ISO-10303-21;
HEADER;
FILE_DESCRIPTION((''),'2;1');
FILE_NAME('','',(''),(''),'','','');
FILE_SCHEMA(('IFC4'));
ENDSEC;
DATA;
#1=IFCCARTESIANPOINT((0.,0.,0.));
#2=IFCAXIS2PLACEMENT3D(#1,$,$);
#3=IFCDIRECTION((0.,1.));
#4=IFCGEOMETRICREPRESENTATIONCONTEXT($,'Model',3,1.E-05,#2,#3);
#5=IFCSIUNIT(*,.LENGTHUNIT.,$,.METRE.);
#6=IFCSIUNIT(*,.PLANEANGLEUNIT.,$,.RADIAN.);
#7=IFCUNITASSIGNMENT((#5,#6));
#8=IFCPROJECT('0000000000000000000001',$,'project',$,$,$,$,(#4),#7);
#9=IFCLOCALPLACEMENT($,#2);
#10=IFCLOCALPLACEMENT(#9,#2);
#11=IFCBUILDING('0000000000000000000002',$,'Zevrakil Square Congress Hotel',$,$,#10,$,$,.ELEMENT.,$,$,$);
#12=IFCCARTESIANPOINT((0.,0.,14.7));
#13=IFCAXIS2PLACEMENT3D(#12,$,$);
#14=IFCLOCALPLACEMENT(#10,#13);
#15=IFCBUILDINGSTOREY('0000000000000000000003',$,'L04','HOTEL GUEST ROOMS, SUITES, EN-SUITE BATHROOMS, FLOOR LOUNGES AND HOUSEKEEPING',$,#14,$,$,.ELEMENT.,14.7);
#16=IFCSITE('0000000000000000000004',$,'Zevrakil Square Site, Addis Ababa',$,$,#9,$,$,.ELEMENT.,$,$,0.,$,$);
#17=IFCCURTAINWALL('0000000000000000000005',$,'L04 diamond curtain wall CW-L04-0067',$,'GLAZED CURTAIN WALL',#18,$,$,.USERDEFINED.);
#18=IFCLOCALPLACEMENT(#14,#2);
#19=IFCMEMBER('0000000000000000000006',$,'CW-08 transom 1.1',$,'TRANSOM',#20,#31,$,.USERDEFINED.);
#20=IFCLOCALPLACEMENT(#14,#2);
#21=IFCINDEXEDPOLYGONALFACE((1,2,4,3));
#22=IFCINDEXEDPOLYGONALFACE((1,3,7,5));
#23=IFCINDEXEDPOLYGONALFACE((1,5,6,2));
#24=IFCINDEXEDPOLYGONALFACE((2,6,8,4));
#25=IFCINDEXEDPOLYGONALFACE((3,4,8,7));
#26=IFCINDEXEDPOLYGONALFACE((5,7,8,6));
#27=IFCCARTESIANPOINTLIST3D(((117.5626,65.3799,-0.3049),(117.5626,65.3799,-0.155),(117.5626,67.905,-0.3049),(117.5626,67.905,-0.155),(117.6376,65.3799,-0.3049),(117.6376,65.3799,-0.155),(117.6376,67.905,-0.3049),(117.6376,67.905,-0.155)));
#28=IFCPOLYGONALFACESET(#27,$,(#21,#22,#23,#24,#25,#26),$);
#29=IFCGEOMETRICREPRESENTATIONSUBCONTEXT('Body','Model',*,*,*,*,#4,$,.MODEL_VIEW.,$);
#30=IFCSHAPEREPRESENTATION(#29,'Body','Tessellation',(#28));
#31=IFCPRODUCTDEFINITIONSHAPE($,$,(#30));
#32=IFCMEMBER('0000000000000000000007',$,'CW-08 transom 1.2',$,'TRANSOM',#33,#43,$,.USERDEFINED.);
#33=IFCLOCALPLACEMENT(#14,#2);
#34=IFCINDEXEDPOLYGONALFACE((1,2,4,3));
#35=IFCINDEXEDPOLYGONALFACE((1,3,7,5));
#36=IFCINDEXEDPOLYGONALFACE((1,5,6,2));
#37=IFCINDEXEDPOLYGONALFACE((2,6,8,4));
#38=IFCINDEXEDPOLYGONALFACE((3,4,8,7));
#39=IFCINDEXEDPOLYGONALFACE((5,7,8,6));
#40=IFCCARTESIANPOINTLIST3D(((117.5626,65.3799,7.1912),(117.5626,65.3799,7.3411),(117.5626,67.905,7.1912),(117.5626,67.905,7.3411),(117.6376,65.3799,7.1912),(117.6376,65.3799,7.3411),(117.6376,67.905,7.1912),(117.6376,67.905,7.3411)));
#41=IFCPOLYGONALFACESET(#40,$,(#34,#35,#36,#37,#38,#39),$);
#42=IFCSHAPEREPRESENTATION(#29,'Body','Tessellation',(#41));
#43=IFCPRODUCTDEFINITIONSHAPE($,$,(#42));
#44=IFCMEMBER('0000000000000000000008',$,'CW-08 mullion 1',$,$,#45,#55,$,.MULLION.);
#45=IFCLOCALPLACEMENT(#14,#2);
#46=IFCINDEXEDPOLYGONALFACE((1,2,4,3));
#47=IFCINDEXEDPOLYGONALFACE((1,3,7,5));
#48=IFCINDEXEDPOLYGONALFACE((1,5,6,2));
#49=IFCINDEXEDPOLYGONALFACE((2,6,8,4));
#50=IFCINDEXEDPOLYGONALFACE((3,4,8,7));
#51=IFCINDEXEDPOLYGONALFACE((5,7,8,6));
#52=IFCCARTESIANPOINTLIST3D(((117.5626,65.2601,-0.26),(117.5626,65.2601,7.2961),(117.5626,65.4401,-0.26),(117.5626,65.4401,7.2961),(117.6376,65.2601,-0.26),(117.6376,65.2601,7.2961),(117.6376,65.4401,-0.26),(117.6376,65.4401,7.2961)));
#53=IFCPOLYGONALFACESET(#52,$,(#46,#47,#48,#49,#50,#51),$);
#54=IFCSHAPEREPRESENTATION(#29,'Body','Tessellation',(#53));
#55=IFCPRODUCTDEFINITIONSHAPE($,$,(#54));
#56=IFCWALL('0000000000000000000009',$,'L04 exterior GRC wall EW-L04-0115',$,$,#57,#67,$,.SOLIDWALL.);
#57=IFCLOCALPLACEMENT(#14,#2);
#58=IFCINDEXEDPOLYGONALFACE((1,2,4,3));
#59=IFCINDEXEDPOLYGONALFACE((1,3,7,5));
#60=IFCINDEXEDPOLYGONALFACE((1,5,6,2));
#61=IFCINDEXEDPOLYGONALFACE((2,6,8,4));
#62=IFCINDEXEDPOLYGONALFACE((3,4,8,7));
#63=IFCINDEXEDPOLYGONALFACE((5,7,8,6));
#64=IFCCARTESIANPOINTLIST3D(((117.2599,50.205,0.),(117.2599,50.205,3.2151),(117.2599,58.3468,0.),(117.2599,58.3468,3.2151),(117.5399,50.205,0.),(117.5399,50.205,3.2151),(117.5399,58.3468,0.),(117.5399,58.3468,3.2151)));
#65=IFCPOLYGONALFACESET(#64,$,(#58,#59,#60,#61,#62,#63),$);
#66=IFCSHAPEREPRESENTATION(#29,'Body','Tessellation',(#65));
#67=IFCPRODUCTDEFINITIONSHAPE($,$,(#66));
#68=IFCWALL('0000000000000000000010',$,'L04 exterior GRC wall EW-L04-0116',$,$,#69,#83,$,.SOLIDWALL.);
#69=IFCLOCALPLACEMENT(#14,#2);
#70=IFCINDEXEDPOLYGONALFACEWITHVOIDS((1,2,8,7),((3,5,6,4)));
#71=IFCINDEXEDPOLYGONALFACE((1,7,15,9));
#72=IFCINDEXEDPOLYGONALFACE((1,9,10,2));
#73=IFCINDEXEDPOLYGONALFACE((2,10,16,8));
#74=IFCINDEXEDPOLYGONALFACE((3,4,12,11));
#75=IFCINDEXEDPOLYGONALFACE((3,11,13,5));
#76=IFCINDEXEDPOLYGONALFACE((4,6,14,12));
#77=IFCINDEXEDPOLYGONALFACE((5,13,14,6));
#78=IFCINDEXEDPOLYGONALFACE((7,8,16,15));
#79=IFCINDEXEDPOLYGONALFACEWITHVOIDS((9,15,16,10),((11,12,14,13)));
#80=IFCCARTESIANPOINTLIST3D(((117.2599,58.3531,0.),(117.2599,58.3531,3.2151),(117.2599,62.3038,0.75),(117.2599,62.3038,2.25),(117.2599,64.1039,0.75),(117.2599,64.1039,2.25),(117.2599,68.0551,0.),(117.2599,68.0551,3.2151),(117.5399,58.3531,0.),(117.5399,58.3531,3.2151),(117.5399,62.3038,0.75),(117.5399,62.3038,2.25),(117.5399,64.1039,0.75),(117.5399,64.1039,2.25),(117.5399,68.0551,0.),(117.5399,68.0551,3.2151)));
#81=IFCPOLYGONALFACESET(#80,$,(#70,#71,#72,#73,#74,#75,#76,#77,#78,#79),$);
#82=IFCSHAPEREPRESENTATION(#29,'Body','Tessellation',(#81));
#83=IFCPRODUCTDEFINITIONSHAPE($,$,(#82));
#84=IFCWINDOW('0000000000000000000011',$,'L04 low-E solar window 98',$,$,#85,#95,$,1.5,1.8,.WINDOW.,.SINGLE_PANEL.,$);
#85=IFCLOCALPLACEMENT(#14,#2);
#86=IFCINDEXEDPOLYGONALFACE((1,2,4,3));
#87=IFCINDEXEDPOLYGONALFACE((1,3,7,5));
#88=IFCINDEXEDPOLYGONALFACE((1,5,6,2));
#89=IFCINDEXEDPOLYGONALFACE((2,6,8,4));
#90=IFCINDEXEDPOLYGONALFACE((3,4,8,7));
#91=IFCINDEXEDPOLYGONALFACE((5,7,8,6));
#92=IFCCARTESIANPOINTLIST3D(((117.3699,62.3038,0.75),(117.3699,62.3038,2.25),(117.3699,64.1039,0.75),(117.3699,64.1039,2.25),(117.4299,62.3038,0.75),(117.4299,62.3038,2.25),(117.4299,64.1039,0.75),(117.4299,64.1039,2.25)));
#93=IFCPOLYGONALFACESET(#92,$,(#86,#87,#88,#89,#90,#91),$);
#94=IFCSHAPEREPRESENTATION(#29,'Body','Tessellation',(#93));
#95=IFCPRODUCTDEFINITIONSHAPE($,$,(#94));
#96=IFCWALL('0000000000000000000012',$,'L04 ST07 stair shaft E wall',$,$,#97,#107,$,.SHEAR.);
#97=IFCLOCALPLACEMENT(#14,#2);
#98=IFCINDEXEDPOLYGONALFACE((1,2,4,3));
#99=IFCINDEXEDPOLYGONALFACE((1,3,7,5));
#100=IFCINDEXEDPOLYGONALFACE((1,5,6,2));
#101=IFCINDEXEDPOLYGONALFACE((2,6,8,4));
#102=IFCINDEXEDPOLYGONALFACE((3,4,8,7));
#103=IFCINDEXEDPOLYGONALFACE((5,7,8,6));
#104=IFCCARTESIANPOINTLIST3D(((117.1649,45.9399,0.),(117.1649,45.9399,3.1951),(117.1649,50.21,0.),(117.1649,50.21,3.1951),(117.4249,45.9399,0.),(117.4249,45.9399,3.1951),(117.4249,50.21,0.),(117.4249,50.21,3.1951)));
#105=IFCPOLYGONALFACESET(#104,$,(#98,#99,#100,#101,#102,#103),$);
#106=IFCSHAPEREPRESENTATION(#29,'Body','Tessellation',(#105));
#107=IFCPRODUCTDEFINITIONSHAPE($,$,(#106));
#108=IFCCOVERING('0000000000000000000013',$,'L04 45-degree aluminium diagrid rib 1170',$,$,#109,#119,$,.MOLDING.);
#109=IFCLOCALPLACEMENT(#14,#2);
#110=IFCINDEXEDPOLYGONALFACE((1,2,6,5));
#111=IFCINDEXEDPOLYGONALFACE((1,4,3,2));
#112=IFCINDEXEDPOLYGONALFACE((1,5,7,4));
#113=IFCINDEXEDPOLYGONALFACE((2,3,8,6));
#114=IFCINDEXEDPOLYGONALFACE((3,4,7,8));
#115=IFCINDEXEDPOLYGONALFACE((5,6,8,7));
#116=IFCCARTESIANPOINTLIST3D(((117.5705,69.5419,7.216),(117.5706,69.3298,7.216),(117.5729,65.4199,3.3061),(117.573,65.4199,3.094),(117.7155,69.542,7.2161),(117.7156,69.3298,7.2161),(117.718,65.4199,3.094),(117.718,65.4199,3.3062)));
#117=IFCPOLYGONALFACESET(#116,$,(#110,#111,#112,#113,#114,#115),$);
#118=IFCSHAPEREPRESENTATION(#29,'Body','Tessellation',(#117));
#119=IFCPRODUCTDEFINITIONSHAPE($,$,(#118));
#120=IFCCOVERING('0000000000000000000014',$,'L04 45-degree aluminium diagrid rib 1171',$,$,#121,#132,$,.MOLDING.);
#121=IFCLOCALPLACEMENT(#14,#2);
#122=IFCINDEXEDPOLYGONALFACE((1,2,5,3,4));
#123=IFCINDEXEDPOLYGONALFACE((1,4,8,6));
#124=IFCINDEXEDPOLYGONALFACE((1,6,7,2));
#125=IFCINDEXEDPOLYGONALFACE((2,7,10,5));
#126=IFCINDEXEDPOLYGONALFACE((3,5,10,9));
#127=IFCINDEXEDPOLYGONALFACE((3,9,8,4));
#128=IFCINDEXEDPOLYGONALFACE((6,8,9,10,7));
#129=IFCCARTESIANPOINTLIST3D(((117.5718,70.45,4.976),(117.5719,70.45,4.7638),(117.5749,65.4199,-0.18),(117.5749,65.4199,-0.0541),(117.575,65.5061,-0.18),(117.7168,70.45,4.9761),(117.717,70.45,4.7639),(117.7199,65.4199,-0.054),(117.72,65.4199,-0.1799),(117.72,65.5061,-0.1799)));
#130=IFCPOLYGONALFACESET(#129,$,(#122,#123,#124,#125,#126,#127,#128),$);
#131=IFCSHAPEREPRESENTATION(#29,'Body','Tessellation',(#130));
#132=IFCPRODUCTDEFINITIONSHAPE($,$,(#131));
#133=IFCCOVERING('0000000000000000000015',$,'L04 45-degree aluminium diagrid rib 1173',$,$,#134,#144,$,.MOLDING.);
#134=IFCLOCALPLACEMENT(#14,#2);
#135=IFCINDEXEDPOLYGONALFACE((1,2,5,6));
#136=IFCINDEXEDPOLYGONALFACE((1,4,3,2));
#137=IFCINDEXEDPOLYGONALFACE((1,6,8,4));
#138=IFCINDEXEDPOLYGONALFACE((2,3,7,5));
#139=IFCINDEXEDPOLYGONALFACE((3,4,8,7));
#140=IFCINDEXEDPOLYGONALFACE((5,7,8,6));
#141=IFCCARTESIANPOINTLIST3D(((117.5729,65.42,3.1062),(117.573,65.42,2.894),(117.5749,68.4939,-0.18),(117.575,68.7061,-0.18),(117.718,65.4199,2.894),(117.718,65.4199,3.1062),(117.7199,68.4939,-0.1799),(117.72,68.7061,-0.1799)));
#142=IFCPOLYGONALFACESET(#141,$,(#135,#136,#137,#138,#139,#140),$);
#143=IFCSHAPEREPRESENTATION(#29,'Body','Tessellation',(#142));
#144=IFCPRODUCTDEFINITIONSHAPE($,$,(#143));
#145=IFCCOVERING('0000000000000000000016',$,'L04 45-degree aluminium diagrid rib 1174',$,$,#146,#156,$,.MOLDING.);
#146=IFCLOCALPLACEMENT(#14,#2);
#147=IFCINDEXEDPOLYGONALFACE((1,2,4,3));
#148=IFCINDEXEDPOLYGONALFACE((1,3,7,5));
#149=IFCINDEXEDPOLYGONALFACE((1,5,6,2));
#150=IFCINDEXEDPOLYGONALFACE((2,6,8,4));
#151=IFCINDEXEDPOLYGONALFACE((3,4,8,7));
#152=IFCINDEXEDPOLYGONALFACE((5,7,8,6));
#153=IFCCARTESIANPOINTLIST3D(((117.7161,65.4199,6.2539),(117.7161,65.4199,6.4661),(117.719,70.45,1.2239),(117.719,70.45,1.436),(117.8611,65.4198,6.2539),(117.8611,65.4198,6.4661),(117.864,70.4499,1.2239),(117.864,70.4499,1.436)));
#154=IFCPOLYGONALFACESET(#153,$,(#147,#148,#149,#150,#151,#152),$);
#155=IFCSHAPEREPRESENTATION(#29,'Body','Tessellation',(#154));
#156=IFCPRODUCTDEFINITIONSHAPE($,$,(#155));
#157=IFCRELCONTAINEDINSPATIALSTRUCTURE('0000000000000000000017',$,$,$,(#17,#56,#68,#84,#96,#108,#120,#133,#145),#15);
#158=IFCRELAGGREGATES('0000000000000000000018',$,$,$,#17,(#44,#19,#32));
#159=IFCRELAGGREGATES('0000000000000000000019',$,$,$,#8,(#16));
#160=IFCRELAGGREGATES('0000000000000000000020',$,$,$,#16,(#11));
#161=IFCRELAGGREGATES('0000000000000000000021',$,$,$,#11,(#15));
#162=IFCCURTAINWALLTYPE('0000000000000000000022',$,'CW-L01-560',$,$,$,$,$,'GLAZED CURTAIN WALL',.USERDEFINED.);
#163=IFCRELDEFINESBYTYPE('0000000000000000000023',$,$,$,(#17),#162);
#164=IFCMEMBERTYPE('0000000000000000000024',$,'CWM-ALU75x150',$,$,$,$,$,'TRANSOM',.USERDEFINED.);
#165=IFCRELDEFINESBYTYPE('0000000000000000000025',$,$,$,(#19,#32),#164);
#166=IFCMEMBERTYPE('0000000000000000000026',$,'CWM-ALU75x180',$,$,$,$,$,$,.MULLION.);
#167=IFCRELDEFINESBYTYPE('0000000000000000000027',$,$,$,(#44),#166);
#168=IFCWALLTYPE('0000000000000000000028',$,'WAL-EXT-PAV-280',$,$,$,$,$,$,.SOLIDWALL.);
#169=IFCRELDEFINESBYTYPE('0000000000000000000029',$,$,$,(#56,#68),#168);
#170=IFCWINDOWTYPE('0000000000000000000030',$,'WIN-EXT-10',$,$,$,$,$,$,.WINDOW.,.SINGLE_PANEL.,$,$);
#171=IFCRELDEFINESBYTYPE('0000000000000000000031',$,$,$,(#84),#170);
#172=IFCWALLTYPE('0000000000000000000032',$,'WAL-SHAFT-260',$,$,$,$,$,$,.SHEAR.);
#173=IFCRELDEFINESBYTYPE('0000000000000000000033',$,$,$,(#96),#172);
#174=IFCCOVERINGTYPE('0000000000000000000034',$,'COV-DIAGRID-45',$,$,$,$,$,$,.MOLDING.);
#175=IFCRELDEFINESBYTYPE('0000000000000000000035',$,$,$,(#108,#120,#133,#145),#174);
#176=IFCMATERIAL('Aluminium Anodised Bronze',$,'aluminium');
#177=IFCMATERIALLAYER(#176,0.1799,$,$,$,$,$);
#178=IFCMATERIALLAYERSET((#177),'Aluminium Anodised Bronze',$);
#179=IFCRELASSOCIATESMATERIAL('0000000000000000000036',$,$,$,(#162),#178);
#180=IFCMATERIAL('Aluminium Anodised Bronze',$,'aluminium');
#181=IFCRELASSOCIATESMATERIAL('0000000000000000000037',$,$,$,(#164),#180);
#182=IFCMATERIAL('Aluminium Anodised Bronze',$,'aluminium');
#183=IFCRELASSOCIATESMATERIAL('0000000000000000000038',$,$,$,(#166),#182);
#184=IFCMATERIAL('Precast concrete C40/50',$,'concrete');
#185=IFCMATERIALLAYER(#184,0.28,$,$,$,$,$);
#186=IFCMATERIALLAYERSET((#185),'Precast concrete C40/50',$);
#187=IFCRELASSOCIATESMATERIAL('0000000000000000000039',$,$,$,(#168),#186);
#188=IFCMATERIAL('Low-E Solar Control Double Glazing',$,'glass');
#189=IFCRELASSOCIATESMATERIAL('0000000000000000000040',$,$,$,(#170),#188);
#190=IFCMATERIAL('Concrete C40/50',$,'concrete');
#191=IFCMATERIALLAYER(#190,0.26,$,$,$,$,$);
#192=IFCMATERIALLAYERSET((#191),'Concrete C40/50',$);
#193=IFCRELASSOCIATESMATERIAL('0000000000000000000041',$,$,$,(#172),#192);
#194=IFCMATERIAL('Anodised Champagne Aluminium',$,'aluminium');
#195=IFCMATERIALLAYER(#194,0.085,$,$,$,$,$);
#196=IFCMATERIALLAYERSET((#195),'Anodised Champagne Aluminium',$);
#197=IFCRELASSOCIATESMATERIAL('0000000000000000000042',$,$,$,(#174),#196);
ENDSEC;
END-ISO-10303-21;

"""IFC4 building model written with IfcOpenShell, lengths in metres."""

from ifc_helpers import new_model, si_unit, direction, frame, frame_2d, origin, origin_2d, place, context, subcontext, project, spatial, polyline, rectangle, outline, extrude, material, layer, layer_set, material_profile, profile_set, type_object, element, fill, aggregate, save


model = new_model("IFC4")

# Units and contexts
model_context = context("Model", 3, precision=1e-05, world=origin(), true_north=direction((0.0, 1.0)))
body_context = subcontext(model_context, "Body", "Model", "MODEL_VIEW")
ifc_project = project(units=[si_unit("LENGTHUNIT", "METRE"), si_unit("PLANEANGLEUNIT", "RADIAN")], contexts=[model_context])

# Site, building, storey
site_placement = place(None, origin())
site = spatial("IfcSite", under=ifc_project, at=site_placement, Name="Zevrakil Square Site, Addis Ababa", CompositionType="ELEMENT", RefElevation=0.0)
building_placement = place(site_placement, origin())
building = spatial("IfcBuilding", under=site, at=building_placement, Name="Zevrakil Square Congress Hotel", CompositionType="ELEMENT")
storey_placement = place(building_placement, frame((0.0, 0.0, 14.7)))
storey = spatial("IfcBuildingStorey", under=building, at=storey_placement, Name="L04", Description="HOTEL GUEST ROOMS, SUITES, EN-SUITE BATHROOMS, FLOOR LOUNGES AND HOUSEKEEPING", CompositionType="ELEMENT", Elevation=14.7)

# Curtain wall, members
ifc_material_1 = material(Name="Aluminium Anodised Bronze", Category="aluminium")
ifc_layer_1 = layer(ifc_material_1, 0.1799)
ifc_layer_set_1 = layer_set([ifc_layer_1], Name="Aluminium Anodised Bronze")
curtain_wall_type = type_object("IfcCurtainWallType", Name="CW-L01-560", ElementType="GLAZED CURTAIN WALL", PredefinedType="USERDEFINED", material=ifc_layer_set_1)
curtain_wall_placement = place(storey_placement, origin())
curtain_wall = element("IfcCurtainWall", 1, at=curtain_wall_placement, inside=storey, type_object=curtain_wall_type, Name="L04 diamond curtain wall CW-L04-0067", ObjectType="GLAZED CURTAIN WALL", PredefinedType="USERDEFINED")
ifc_material_2 = material(Name="Aluminium Anodised Bronze", Category="aluminium")
ifc_material_profile_1 = material_profile(ifc_material_2, rectangle(XDim=0.075, YDim=0.1499, at=origin_2d()), Name="ALU 75x150")
ifc_profile_set_1 = profile_set([ifc_material_profile_1], Name="Aluminium Anodised Bronze")
member_type_1 = type_object("IfcMemberType", Name="CWM-ALU75x150", ElementType="TRANSOM", PredefinedType="USERDEFINED", material=ifc_profile_set_1)
member_1_placement = place(storey_placement, frame((117.6001, 65.3799, -0.23), z_axis=(0.0, 1.0, 0.0), x_axis=(-1.0, 0.0, 0.0)))
member_1 = element("IfcMember", 2, at=member_1_placement, type_object=member_type_1, Name="CW-08 transom 1.1", ObjectType="TRANSOM", PredefinedType="USERDEFINED", context=body_context, shape_type="SweptSolid", body=[
    extrude(rectangle(XDim=0.075, YDim=0.1499, at=origin_2d()), origin(), (0.0, 0.0, 1.0), 2.5251),
])
member_2_placement = place(storey_placement, frame((117.6001, 65.3799, 7.2661), z_axis=(0.0, 1.0, 0.0), x_axis=(-1.0, 0.0, 0.0)))
member_2 = element("IfcMember", 3, at=member_2_placement, type_object=member_type_1, Name="CW-08 transom 1.2", ObjectType="TRANSOM", PredefinedType="USERDEFINED", context=body_context, shape_type="SweptSolid", body=[
    extrude(rectangle(XDim=0.075, YDim=0.1499, at=origin_2d()), origin(), (0.0, 0.0, 1.0), 2.5251),
])
ifc_material_3 = material(Name="Aluminium Anodised Bronze", Category="aluminium")
ifc_material_profile_2 = material_profile(ifc_material_3, rectangle(XDim=0.075, YDim=0.1799, at=origin_2d()), Name="ALU 75x180")
ifc_profile_set_2 = profile_set([ifc_material_profile_2], Name="Aluminium Anodised Bronze")
member_type_2 = type_object("IfcMemberType", Name="CWM-ALU75x180", PredefinedType="MULLION", material=ifc_profile_set_2)
member_3_placement = place(storey_placement, frame((117.6001, 65.3501, -0.26), z_axis=(0.0, 0.0, 1.0), x_axis=(-1.0, 0.0, 0.0)))
member_3 = element("IfcMember", 4, at=member_3_placement, type_object=member_type_2, Name="CW-08 mullion 1", PredefinedType="MULLION", context=body_context, shape_type="SweptSolid", body=[
    extrude(rectangle(XDim=0.075, YDim=0.1799, at=origin_2d()), origin(), (0.0, 0.0, 1.0), 7.5562),
])
aggregate(curtain_wall, [member_3, member_1, member_2])

# Wall
ifc_material_4 = material(Name="Precast concrete C40/50", Category="concrete")
ifc_layer_2 = layer(ifc_material_4, 0.28)
ifc_layer_set_2 = layer_set([ifc_layer_2], Name="Precast concrete C40/50")
wall_type_1 = type_object("IfcWallType", Name="WAL-EXT-PAV-280", PredefinedType="SOLIDWALL", material=ifc_layer_set_2)
wall_1_placement = place(storey_placement, frame((117.3999, 50.2051, 0.0), z_axis=(0.0, 0.0, 1.0), x_axis=(0.0, 1.0, 0.0)))
element("IfcWall", 5, at=wall_1_placement, inside=storey, type_object=wall_type_1, Name="L04 exterior GRC wall EW-L04-0115", PredefinedType="SOLIDWALL", context=body_context, shape_type="SweptSolid", body=[
    extrude(rectangle(XDim=8.1418, YDim=0.28, at=frame_2d((4.0708, 0.0))), origin(), (0.0, 0.0, 1.0), 3.2151),
])

# Wall, opening, window
wall_2_placement = place(storey_placement, frame((117.3999, 58.353, 0.0), z_axis=(0.0, 0.0, 1.0), x_axis=(0.0, 1.0, 0.0)))
wall_2 = element("IfcWall", 6, at=wall_2_placement, inside=storey, type_object=wall_type_1, Name="L04 exterior GRC wall EW-L04-0116", PredefinedType="SOLIDWALL", context=body_context, shape_type="SweptSolid", body=[
    extrude(rectangle(XDim=9.7019, YDim=0.28, at=frame_2d((4.8511, 0.0))), origin(), (0.0, 0.0, 1.0), 3.2151),
])
opening_placement = place(wall_2_placement, frame((3.9509, 0.0, 0.75)))
opening = element("IfcOpeningElement", 7, at=opening_placement, cuts=wall_2, PredefinedType="OPENING", context=body_context, shape_type="SweptSolid", body=[
    extrude(rectangle(XDim=1.8, YDim=1.5, at=frame_2d((0.8999, 0.75))), frame((0.0, 0.1499, 0.0), z_axis=(0.0, -1.0, 0.0), x_axis=(1.0, 0.0, 0.0)), (0.0, 0.0, 1.0), 0.3),
])
ifc_material_5 = material(Name="Low-E Solar Control Double Glazing", Category="glass")
window_type = type_object("IfcWindowType", Name="WIN-EXT-10", PartitioningType="SINGLE_PANEL", PredefinedType="WINDOW", material=ifc_material_5)
window_placement = place(opening_placement, origin())
window = element("IfcWindow", 8, at=window_placement, inside=storey, type_object=window_type, Name="L04 low-E solar window 98", OverallHeight=1.5, OverallWidth=1.8, PartitioningType="SINGLE_PANEL", PredefinedType="WINDOW", context=body_context, shape_type="SweptSolid", body=[
    extrude(rectangle(XDim=1.8, YDim=1.5, at=frame_2d((0.8999, 0.75))), frame((0.0, 0.03, 0.0), z_axis=(0.0, -1.0, 0.0), x_axis=(1.0, 0.0, 0.0)), (0.0, 0.0, 1.0), 0.0601),
])
fill(opening, window)

# Wall
ifc_material_6 = material(Name="Concrete C40/50", Category="concrete")
ifc_layer_3 = layer(ifc_material_6, 0.26)
ifc_layer_set_3 = layer_set([ifc_layer_3], Name="Concrete C40/50")
wall_type_2 = type_object("IfcWallType", Name="WAL-SHAFT-260", PredefinedType="SHEAR", material=ifc_layer_set_3)
wall_3_placement = place(storey_placement, frame((117.2949, 45.9399, 0.0), z_axis=(0.0, 0.0, 1.0), x_axis=(0.0, 1.0, 0.0)))
element("IfcWall", 9, at=wall_3_placement, inside=storey, type_object=wall_type_2, Name="L04 ST07 stair shaft E wall", PredefinedType="SHEAR", context=body_context, shape_type="SweptSolid", body=[
    extrude(rectangle(XDim=4.27, YDim=0.26, at=frame_2d((2.135, 0.0))), origin(), (0.0, 0.0, 1.0), 3.1951),
])

# Coverings
ifc_material_7 = material(Name="Anodised Champagne Aluminium", Category="aluminium")
ifc_layer_4 = layer(ifc_material_7, 0.085)
ifc_layer_set_4 = layer_set([ifc_layer_4], Name="Anodised Champagne Aluminium")
covering_type = type_object("IfcCoveringType", Name="COV-DIAGRID-45", PredefinedType="MOLDING", material=ifc_layer_set_4)
covering_1_placement = place(storey_placement, frame((117.718, 65.4199, 3.094), z_axis=(1.0, 0.000304, 0.000304), x_axis=(-0.000304, 0.0, 1.0)))
element("IfcCovering", 10, at=covering_1_placement, inside=storey, type_object=covering_type, Name="L04 45-degree aluminium diagrid rib 1170", PredefinedType="MOLDING", context=body_context, shape_type="SweptSolid", body=[
    extrude(outline(polyline([(0.0, 0.0), (0.2122, 0.0), (4.1221, -3.9099), (4.1221, -4.1221), (0.0, 0.0)])), origin(), (0.0, 0.0, -1.0), 0.145),
])
covering_2_placement = place(storey_placement, frame((117.72, 65.5061, -0.1799), z_axis=(1.0, -0.000087, 0.000696), x_axis=(-0.000087, -1.0, 0.0)))
element("IfcCovering", 11, at=covering_2_placement, inside=storey, type_object=covering_type, Name="L04 45-degree aluminium diagrid rib 1171", PredefinedType="MOLDING", context=body_context, shape_type="SweptSolid", body=[
    extrude(outline(polyline([(0.0, 0.0), (0.0862, 0.0), (0.0862, -0.126), (-4.9438, -5.156), (-4.9438, -4.9438), (0.0, 0.0)])), origin(), (0.0, 0.0, -1.0), 0.145),
])
covering_3_placement = place(storey_placement, frame((117.718, 65.4199, 2.894), z_axis=(1.0, -0.000307, 0.000307), x_axis=(-0.000307, 0.0, 1.0)))
element("IfcCovering", 12, at=covering_3_placement, inside=storey, type_object=covering_type, Name="L04 45-degree aluminium diagrid rib 1173", PredefinedType="MOLDING", context=body_context, shape_type="SweptSolid", body=[
    extrude(outline(polyline([(0.0, 0.0), (0.2122, 0.0), (-3.074, -3.2861), (-3.074, -3.074), (0.0, 0.0)])), origin(), (0.0, 0.0, -1.0), 0.145),
])
covering_4_placement = place(storey_placement, frame((117.7161, 65.4199, 6.2539), z_axis=(-1.0, 0.000582, 0.0), x_axis=(0.0, 0.0, 1.0)))
element("IfcCovering", 13, at=covering_4_placement, inside=storey, type_object=covering_type, Name="L04 45-degree aluminium diagrid rib 1174", PredefinedType="MOLDING", context=body_context, shape_type="SweptSolid", body=[
    extrude(outline(polyline([(0.0, 0.0), (0.2122, 0.0), (-4.8179, 5.03), (-5.03, 5.03), (0.0, 0.0)])), origin(), (0.0, 0.0, -1.0), 0.145),
])

save(model, "model.ifc")
